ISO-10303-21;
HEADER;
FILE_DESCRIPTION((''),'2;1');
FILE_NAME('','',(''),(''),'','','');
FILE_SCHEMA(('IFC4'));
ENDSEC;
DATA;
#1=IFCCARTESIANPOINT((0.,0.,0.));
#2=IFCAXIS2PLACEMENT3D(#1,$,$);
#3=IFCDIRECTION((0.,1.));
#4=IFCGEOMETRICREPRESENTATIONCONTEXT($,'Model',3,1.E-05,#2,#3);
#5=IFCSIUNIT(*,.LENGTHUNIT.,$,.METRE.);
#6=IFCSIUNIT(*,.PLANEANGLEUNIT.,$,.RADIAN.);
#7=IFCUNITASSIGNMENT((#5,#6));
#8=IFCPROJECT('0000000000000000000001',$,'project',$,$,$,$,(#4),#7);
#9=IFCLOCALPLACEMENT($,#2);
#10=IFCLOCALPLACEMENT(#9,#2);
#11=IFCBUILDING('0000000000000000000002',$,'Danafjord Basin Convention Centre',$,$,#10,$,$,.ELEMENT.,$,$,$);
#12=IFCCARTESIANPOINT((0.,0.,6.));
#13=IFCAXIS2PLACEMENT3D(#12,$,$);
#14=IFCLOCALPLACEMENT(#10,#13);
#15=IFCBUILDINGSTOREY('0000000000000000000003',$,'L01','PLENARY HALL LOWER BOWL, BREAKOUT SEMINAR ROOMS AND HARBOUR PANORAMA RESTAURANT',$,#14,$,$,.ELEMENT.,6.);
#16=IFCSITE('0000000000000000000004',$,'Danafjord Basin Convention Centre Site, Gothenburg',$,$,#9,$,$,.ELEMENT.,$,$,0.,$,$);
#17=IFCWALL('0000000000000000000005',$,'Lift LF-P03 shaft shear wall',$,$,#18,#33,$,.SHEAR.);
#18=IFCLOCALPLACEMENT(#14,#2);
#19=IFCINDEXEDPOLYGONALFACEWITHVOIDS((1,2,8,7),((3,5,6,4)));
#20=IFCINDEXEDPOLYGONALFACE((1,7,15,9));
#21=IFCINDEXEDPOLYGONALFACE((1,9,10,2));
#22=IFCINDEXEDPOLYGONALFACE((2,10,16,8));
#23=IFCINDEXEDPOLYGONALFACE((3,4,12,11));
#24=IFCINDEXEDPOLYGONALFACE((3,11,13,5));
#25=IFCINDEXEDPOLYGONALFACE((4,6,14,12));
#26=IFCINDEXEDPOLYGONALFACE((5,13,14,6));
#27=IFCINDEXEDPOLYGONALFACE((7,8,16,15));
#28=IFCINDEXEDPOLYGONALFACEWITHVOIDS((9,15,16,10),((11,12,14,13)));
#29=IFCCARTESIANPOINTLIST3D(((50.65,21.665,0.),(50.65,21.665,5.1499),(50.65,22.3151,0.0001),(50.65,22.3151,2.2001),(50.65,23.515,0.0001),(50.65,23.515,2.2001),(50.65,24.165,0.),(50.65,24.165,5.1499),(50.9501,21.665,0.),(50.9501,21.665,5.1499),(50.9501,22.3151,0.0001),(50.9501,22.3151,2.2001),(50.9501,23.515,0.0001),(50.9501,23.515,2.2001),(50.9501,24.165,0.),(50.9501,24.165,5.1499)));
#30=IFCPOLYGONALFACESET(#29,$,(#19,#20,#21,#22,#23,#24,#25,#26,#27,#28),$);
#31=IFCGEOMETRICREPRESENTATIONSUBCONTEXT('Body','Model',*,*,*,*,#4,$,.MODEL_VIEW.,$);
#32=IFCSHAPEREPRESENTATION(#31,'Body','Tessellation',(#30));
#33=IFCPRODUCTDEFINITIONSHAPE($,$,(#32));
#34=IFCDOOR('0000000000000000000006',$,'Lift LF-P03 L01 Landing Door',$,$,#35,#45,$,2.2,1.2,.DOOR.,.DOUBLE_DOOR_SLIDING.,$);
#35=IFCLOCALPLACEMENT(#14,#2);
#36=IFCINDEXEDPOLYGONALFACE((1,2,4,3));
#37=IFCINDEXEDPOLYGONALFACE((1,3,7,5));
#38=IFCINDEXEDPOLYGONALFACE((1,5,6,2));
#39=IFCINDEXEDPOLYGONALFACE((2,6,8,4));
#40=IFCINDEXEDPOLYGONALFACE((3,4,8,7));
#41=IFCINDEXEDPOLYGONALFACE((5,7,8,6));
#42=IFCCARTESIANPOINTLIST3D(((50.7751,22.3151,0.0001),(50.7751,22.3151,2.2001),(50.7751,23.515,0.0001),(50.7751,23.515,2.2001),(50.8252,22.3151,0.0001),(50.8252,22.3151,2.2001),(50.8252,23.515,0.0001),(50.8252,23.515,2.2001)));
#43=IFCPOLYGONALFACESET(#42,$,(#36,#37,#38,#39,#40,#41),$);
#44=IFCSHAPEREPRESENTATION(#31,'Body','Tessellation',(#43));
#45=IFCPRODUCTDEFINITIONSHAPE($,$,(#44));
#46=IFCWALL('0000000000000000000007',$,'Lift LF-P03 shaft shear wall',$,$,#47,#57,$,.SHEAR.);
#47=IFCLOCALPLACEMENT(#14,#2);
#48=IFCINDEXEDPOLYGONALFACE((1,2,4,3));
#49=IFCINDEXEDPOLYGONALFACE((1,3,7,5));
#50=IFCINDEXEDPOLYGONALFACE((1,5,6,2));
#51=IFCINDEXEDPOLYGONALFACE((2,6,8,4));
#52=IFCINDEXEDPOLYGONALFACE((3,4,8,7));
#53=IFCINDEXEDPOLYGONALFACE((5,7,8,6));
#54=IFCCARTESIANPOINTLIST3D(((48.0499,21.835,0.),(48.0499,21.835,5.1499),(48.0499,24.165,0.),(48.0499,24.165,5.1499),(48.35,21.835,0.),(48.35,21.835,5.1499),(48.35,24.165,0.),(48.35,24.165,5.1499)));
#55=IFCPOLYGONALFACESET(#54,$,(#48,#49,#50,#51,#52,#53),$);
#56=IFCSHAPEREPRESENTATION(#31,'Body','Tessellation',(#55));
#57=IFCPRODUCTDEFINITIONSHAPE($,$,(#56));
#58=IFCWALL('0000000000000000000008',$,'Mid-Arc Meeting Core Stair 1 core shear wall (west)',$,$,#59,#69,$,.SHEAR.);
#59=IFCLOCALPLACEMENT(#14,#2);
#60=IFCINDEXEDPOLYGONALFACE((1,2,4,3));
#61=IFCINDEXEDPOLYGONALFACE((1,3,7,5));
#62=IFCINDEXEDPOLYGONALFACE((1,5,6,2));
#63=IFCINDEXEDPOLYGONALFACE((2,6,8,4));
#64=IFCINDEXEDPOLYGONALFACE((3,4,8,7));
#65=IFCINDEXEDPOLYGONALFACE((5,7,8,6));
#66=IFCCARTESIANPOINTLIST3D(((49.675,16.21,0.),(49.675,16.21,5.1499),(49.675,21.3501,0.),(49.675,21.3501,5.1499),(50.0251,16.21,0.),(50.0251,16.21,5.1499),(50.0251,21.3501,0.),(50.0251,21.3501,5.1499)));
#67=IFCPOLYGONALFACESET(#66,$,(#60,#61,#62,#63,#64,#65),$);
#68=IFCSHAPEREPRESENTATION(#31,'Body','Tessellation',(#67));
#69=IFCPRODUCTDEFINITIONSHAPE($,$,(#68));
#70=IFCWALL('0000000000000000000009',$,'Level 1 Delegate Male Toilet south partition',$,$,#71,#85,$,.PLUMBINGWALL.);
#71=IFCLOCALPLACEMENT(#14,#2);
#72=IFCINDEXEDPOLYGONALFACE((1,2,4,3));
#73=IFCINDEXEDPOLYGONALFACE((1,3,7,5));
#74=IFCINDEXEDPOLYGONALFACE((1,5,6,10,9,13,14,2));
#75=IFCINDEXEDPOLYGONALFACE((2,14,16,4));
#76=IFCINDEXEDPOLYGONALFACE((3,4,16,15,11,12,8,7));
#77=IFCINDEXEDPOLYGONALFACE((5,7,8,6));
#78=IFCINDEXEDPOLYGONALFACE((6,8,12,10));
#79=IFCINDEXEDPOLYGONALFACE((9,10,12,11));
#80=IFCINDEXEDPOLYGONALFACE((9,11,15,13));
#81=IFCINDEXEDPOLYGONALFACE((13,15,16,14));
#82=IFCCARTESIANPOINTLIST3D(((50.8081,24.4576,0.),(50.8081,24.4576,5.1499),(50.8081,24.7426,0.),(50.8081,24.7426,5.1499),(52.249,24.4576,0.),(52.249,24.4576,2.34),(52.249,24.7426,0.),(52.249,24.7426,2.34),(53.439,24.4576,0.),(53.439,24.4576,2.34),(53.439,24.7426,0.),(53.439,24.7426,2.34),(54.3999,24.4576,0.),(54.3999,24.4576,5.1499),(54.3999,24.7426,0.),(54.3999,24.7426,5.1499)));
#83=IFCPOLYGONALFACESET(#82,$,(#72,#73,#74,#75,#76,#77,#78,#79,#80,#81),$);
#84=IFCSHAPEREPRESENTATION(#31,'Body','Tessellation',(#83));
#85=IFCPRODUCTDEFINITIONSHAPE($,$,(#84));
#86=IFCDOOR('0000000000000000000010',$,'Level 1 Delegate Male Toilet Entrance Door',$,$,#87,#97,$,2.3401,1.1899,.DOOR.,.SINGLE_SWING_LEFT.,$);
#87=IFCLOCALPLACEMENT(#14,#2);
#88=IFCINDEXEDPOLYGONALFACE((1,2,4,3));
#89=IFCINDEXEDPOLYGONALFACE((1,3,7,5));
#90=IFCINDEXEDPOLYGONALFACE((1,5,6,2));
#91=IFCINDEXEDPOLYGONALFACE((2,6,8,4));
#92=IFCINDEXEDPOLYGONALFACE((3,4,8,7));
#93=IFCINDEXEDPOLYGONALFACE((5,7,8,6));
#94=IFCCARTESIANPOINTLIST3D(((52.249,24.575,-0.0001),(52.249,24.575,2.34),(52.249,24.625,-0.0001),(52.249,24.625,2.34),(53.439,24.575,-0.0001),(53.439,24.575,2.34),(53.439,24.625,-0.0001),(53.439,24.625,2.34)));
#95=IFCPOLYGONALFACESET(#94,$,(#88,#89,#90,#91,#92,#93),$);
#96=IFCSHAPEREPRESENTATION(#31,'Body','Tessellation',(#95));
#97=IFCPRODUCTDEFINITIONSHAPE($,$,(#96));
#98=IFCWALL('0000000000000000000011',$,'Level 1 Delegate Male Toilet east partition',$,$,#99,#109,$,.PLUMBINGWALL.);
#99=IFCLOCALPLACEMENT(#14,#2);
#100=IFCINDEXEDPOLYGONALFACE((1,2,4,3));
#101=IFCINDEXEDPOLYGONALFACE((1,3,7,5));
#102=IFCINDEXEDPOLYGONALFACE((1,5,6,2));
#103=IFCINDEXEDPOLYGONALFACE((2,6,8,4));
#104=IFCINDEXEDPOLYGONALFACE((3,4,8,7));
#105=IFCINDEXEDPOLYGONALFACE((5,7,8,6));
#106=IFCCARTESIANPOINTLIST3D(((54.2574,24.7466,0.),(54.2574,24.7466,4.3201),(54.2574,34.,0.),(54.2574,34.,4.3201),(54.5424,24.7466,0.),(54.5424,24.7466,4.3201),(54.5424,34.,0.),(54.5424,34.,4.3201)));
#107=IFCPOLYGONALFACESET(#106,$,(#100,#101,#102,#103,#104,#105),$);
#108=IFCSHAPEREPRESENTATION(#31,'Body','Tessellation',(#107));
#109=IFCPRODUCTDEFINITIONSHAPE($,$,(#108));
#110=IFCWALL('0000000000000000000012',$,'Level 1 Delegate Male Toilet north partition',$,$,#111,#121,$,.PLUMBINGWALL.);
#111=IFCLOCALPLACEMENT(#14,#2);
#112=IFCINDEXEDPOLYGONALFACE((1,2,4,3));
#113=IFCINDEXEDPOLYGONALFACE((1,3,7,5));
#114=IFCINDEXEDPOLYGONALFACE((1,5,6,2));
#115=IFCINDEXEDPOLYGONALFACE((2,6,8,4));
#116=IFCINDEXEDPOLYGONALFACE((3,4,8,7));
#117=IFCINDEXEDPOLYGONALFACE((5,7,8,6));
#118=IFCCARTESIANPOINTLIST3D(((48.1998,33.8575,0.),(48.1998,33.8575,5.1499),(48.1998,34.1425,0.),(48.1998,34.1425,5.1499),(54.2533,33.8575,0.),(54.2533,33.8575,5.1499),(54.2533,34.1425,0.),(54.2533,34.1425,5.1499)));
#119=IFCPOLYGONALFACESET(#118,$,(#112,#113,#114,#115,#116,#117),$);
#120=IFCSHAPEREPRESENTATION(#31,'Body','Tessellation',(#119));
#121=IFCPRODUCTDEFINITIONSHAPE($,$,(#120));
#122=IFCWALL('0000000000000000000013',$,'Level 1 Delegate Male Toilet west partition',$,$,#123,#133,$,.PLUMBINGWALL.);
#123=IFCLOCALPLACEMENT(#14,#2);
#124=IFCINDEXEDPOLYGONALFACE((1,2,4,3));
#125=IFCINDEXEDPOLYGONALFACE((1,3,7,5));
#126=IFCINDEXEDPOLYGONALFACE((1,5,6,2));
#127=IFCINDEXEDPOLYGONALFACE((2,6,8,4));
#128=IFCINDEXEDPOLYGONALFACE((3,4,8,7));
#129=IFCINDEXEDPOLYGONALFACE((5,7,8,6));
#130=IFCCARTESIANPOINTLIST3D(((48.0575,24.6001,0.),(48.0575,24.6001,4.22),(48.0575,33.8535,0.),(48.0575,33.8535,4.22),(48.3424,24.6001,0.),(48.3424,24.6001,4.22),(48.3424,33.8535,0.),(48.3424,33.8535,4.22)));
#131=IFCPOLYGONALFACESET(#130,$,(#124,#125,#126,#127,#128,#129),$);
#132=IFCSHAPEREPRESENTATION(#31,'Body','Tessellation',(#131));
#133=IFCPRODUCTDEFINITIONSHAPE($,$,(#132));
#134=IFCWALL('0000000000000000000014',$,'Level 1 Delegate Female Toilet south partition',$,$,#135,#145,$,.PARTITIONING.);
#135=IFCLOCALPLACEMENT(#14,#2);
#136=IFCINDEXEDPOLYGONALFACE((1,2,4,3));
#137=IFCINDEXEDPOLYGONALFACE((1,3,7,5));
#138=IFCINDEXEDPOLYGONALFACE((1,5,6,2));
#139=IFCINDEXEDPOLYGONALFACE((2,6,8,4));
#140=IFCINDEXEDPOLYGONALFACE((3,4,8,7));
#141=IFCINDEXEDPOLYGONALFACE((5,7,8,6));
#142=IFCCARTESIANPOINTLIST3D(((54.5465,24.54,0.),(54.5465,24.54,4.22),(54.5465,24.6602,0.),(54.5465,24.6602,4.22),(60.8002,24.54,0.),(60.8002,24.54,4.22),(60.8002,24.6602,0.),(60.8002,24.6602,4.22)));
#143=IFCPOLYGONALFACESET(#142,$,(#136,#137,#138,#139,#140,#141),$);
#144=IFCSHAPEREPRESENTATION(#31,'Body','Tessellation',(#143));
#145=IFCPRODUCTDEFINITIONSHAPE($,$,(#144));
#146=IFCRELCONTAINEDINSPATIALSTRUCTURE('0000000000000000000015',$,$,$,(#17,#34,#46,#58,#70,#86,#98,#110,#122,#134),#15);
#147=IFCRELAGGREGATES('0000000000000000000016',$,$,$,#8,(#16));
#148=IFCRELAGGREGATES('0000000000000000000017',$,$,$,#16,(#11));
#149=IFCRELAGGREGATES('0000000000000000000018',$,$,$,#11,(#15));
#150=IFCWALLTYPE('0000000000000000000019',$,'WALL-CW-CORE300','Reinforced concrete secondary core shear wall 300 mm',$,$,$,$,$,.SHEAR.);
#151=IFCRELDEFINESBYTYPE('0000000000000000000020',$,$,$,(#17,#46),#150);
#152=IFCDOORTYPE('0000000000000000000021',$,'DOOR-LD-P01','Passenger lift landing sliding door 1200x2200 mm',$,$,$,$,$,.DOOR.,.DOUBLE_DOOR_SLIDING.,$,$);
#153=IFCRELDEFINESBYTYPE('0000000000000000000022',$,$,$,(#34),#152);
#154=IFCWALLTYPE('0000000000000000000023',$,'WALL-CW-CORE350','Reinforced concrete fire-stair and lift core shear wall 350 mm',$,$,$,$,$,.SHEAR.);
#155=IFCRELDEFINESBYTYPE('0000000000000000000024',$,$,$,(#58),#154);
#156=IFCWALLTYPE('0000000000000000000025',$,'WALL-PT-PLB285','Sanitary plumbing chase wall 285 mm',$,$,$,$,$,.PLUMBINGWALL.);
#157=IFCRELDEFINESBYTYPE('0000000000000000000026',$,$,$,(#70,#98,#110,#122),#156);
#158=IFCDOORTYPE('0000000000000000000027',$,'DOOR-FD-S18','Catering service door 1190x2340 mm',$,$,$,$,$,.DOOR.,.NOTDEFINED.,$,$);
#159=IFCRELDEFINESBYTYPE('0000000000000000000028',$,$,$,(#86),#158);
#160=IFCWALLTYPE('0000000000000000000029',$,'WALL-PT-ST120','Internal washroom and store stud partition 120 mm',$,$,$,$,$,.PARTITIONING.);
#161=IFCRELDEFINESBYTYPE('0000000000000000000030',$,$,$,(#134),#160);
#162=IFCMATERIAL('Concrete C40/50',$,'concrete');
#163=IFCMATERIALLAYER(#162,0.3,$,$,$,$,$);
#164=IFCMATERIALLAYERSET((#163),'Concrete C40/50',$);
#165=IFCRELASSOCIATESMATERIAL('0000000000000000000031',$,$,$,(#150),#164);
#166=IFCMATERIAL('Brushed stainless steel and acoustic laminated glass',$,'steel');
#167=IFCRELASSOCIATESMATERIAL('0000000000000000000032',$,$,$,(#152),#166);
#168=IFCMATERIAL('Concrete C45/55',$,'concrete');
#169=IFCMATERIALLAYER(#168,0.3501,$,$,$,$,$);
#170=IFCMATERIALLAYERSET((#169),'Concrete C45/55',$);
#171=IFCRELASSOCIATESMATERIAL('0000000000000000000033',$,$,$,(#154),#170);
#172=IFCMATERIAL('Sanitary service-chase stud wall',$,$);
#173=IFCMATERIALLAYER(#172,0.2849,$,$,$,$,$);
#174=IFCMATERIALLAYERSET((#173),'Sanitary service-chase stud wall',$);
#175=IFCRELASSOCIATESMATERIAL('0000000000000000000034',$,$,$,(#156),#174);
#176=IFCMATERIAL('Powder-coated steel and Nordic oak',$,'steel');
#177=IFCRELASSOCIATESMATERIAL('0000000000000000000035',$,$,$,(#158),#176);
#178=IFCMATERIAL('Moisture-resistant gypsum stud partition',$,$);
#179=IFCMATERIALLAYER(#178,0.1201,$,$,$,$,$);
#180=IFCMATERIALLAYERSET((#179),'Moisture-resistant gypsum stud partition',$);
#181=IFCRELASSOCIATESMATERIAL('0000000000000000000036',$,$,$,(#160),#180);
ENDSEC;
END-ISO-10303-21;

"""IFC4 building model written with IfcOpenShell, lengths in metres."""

from ifc_helpers import new_model, si_unit, direction, frame, frame_2d, origin, place, context, subcontext, project, spatial, rectangle, extrude, material, layer, layer_set, type_object, element, fill, save


model = new_model("IFC4")

# Units and contexts
model_context = context("Model", 3, precision=1e-05, world=origin(), true_north=direction((0.0, 1.0)))
body_context = subcontext(model_context, "Body", "Model", "MODEL_VIEW")
ifc_project = project(units=[si_unit("LENGTHUNIT", "METRE"), si_unit("PLANEANGLEUNIT", "RADIAN")], contexts=[model_context])

# Site, building, storey
site_placement = place(None, origin())
site = spatial("IfcSite", under=ifc_project, at=site_placement, Name="Danafjord Basin Convention Centre Site, Gothenburg", CompositionType="ELEMENT", RefElevation=0.0)
building_placement = place(site_placement, origin())
building = spatial("IfcBuilding", under=site, at=building_placement, Name="Danafjord Basin Convention Centre", CompositionType="ELEMENT")
storey_placement = place(building_placement, frame((0.0, 0.0, 6.0)))
storey = spatial("IfcBuildingStorey", under=building, at=storey_placement, Name="L01", Description="PLENARY HALL LOWER BOWL, BREAKOUT SEMINAR ROOMS AND HARBOUR PANORAMA RESTAURANT", CompositionType="ELEMENT", Elevation=6.0)

# Shared definitions
ifc_material_1 = material(Name="Concrete C40/50", Category="concrete")
ifc_layer_1 = layer(ifc_material_1, 0.3)
ifc_layer_set_1 = layer_set([ifc_layer_1], Name="Concrete C40/50")
wall_type_1 = type_object("IfcWallType", Name="WALL-CW-CORE300", Description="Reinforced concrete secondary core shear wall 300 mm", PredefinedType="SHEAR", material=ifc_layer_set_1)

# Wall, opening, door
wall_1_placement = place(storey_placement, frame((50.8, 21.665, 0.0), z_axis=(0.0, 0.0, 1.0), x_axis=(0.0, 1.0, 0.0)))
wall_1 = element("IfcWall", 1, at=wall_1_placement, inside=storey, type_object=wall_type_1, Name="Lift LF-P03 shaft shear wall", PredefinedType="SHEAR", context=body_context, shape_type="SweptSolid", body=[
    extrude(rectangle(XDim=2.5, YDim=0.3, at=frame_2d((1.25, 0.0))), origin(), (0.0, 0.0, 1.0), 5.1499),
])
opening_1_placement = place(wall_1_placement, frame((0.6499, 0.0, 0.0)))
opening_1 = element("IfcOpeningElement", 2, at=opening_1_placement, cuts=wall_1, PredefinedType="OPENING", context=body_context, shape_type="SweptSolid", body=[
    extrude(rectangle(XDim=1.2, YDim=2.2, at=frame_2d((0.6001, 1.1001))), frame((0.0, 0.1599, 0.0), z_axis=(0.0, -1.0, 0.0), x_axis=(1.0, 0.0, 0.0)), (0.0, 0.0, 1.0), 0.3201),
])
ifc_material_2 = material(Name="Brushed stainless steel and acoustic laminated glass", Category="steel")
door_type_1 = type_object("IfcDoorType", Name="DOOR-LD-P01", Description="Passenger lift landing sliding door 1200x2200 mm", OperationType="DOUBLE_DOOR_SLIDING", PredefinedType="DOOR", material=ifc_material_2)
door_1_placement = place(opening_1_placement, origin())
door_1 = element("IfcDoor", 3, at=door_1_placement, inside=storey, type_object=door_type_1, Name="Lift LF-P03 L01 Landing Door", OperationType="DOUBLE_DOOR_SLIDING", OverallHeight=2.2, OverallWidth=1.2, PredefinedType="DOOR", context=body_context, shape_type="SweptSolid", body=[
    extrude(rectangle(XDim=1.2, YDim=2.2, at=frame_2d((0.6001, 1.1001))), frame((0.0, 0.0249, 0.0), z_axis=(0.0, -1.0, 0.0), x_axis=(1.0, 0.0, 0.0)), (0.0, 0.0, 1.0), 0.05),
])
fill(opening_1, door_1)

# Walls
wall_2_placement = place(storey_placement, frame((48.2, 24.165, 0.0), z_axis=(0.0, 0.0, 1.0), x_axis=(0.0, -1.0, 0.0)))
element("IfcWall", 4, at=wall_2_placement, inside=storey, type_object=wall_type_1, Name="Lift LF-P03 shaft shear wall", PredefinedType="SHEAR", context=body_context, shape_type="SweptSolid", body=[
    extrude(rectangle(XDim=2.3301, YDim=0.3, at=frame_2d((1.165, 0.0))), origin(), (0.0, 0.0, 1.0), 5.1499),
])
ifc_material_3 = material(Name="Concrete C45/55", Category="concrete")
ifc_layer_2 = layer(ifc_material_3, 0.3501)
ifc_layer_set_2 = layer_set([ifc_layer_2], Name="Concrete C45/55")
wall_type_2 = type_object("IfcWallType", Name="WALL-CW-CORE350", Description="Reinforced concrete fire-stair and lift core shear wall 350 mm", PredefinedType="SHEAR", material=ifc_layer_set_2)
wall_3_placement = place(storey_placement, frame((49.8501, 21.3501, 0.0), z_axis=(0.0, 0.0, 1.0), x_axis=(0.0, -1.0, 0.0)))
element("IfcWall", 5, at=wall_3_placement, inside=storey, type_object=wall_type_2, Name="Mid-Arc Meeting Core Stair 1 core shear wall (west)", PredefinedType="SHEAR", context=body_context, shape_type="SweptSolid", body=[
    extrude(rectangle(XDim=5.1401, YDim=0.3501, at=frame_2d((2.5701, 0.0))), origin(), (0.0, 0.0, 1.0), 5.1499),
])

# Wall, opening, door
ifc_material_4 = material(Name="Sanitary service-chase stud wall")
ifc_layer_3 = layer(ifc_material_4, 0.2849)
ifc_layer_set_3 = layer_set([ifc_layer_3], Name="Sanitary service-chase stud wall")
wall_type_3 = type_object("IfcWallType", Name="WALL-PT-PLB285", Description="Sanitary plumbing chase wall 285 mm", PredefinedType="PLUMBINGWALL", material=ifc_layer_set_3)
wall_4_placement = place(storey_placement, frame((50.8081, 24.6001, 0.0), z_axis=(0.0, 0.0, 1.0), x_axis=(1.0, 0.0, 0.0)))
wall_4 = element("IfcWall", 6, at=wall_4_placement, inside=storey, type_object=wall_type_3, Name="Level 1 Delegate Male Toilet south partition", PredefinedType="PLUMBINGWALL", context=body_context, shape_type="SweptSolid", body=[
    extrude(rectangle(XDim=3.5918, YDim=0.2849, at=frame_2d((1.7959, 0.0))), origin(), (0.0, 0.0, 1.0), 5.1499),
])
opening_2_placement = place(wall_4_placement, frame((1.4409, 0.0, 0.0)))
opening_2 = element("IfcOpeningElement", 7, at=opening_2_placement, cuts=wall_4, PredefinedType="OPENING", context=body_context, shape_type="SweptSolid", body=[
    extrude(rectangle(XDim=1.1899, YDim=2.3401, at=frame_2d((0.595, 1.1699))), frame((0.0, 0.1523, 0.0), z_axis=(0.0, -1.0, 0.0), x_axis=(1.0, 0.0, 0.0)), (0.0, 0.0, 1.0), 0.3049),
])
ifc_material_5 = material(Name="Powder-coated steel and Nordic oak", Category="steel")
door_type_2 = type_object("IfcDoorType", Name="DOOR-FD-S18", Description="Catering service door 1190x2340 mm", OperationType="NOTDEFINED", PredefinedType="DOOR", material=ifc_material_5)
door_2_placement = place(opening_2_placement, origin())
door_2 = element("IfcDoor", 8, at=door_2_placement, inside=storey, type_object=door_type_2, Name="Level 1 Delegate Male Toilet Entrance Door", OperationType="SINGLE_SWING_LEFT", OverallHeight=2.3401, OverallWidth=1.1899, PredefinedType="DOOR", context=body_context, shape_type="SweptSolid", body=[
    extrude(rectangle(XDim=1.1899, YDim=2.3401, at=frame_2d((0.595, 1.1699))), frame((0.0, 0.0249, 0.0), z_axis=(0.0, -1.0, 0.0), x_axis=(1.0, 0.0, 0.0)), (0.0, 0.0, 1.0), 0.05),
])
fill(opening_2, door_2)

# Walls
wall_5_placement = place(storey_placement, frame((54.3999, 24.7466, 0.0), z_axis=(0.0, 0.0, 1.0), x_axis=(0.0, 1.0, 0.0)))
element("IfcWall", 9, at=wall_5_placement, inside=storey, type_object=wall_type_3, Name="Level 1 Delegate Male Toilet east partition", PredefinedType="PLUMBINGWALL", context=body_context, shape_type="SweptSolid", body=[
    extrude(rectangle(XDim=9.2534, YDim=0.2849, at=frame_2d((4.6267, 0.0))), origin(), (0.0, 0.0, 1.0), 4.3201),
])
wall_6_placement = place(storey_placement, frame((54.2534, 34.0, 0.0), z_axis=(0.0, 0.0, 1.0), x_axis=(-1.0, 0.0, 0.0)))
element("IfcWall", 10, at=wall_6_placement, inside=storey, type_object=wall_type_3, Name="Level 1 Delegate Male Toilet north partition", PredefinedType="PLUMBINGWALL", context=body_context, shape_type="SweptSolid", body=[
    extrude(rectangle(XDim=6.0535, YDim=0.2849, at=frame_2d((3.0269, 0.0))), origin(), (0.0, 0.0, 1.0), 5.1499),
])
wall_7_placement = place(storey_placement, frame((48.2, 33.8535, 0.0), z_axis=(0.0, 0.0, 1.0), x_axis=(0.0, -1.0, 0.0)))
element("IfcWall", 11, at=wall_7_placement, inside=storey, type_object=wall_type_3, Name="Level 1 Delegate Male Toilet west partition", PredefinedType="PLUMBINGWALL", context=body_context, shape_type="SweptSolid", body=[
    extrude(rectangle(XDim=9.2534, YDim=0.2849, at=frame_2d((4.6267, 0.0))), origin(), (0.0, 0.0, 1.0), 4.22),
])
ifc_material_6 = material(Name="Moisture-resistant gypsum stud partition")
ifc_layer_4 = layer(ifc_material_6, 0.1201)
ifc_layer_set_4 = layer_set([ifc_layer_4], Name="Moisture-resistant gypsum stud partition")
wall_type_4 = type_object("IfcWallType", Name="WALL-PT-ST120", Description="Internal washroom and store stud partition 120 mm", PredefinedType="PARTITIONING", material=ifc_layer_set_4)
wall_8_placement = place(storey_placement, frame((54.5464, 24.6001, 0.0), z_axis=(0.0, 0.0, 1.0), x_axis=(1.0, 0.0, 0.0)))
element("IfcWall", 12, at=wall_8_placement, inside=storey, type_object=wall_type_4, Name="Level 1 Delegate Female Toilet south partition", PredefinedType="PARTITIONING", context=body_context, shape_type="SweptSolid", body=[
    extrude(rectangle(XDim=6.2537, YDim=0.1201, at=frame_2d((3.127, 0.0))), origin(), (0.0, 0.0, 1.0), 4.22),
])

save(model, "model.ifc")
